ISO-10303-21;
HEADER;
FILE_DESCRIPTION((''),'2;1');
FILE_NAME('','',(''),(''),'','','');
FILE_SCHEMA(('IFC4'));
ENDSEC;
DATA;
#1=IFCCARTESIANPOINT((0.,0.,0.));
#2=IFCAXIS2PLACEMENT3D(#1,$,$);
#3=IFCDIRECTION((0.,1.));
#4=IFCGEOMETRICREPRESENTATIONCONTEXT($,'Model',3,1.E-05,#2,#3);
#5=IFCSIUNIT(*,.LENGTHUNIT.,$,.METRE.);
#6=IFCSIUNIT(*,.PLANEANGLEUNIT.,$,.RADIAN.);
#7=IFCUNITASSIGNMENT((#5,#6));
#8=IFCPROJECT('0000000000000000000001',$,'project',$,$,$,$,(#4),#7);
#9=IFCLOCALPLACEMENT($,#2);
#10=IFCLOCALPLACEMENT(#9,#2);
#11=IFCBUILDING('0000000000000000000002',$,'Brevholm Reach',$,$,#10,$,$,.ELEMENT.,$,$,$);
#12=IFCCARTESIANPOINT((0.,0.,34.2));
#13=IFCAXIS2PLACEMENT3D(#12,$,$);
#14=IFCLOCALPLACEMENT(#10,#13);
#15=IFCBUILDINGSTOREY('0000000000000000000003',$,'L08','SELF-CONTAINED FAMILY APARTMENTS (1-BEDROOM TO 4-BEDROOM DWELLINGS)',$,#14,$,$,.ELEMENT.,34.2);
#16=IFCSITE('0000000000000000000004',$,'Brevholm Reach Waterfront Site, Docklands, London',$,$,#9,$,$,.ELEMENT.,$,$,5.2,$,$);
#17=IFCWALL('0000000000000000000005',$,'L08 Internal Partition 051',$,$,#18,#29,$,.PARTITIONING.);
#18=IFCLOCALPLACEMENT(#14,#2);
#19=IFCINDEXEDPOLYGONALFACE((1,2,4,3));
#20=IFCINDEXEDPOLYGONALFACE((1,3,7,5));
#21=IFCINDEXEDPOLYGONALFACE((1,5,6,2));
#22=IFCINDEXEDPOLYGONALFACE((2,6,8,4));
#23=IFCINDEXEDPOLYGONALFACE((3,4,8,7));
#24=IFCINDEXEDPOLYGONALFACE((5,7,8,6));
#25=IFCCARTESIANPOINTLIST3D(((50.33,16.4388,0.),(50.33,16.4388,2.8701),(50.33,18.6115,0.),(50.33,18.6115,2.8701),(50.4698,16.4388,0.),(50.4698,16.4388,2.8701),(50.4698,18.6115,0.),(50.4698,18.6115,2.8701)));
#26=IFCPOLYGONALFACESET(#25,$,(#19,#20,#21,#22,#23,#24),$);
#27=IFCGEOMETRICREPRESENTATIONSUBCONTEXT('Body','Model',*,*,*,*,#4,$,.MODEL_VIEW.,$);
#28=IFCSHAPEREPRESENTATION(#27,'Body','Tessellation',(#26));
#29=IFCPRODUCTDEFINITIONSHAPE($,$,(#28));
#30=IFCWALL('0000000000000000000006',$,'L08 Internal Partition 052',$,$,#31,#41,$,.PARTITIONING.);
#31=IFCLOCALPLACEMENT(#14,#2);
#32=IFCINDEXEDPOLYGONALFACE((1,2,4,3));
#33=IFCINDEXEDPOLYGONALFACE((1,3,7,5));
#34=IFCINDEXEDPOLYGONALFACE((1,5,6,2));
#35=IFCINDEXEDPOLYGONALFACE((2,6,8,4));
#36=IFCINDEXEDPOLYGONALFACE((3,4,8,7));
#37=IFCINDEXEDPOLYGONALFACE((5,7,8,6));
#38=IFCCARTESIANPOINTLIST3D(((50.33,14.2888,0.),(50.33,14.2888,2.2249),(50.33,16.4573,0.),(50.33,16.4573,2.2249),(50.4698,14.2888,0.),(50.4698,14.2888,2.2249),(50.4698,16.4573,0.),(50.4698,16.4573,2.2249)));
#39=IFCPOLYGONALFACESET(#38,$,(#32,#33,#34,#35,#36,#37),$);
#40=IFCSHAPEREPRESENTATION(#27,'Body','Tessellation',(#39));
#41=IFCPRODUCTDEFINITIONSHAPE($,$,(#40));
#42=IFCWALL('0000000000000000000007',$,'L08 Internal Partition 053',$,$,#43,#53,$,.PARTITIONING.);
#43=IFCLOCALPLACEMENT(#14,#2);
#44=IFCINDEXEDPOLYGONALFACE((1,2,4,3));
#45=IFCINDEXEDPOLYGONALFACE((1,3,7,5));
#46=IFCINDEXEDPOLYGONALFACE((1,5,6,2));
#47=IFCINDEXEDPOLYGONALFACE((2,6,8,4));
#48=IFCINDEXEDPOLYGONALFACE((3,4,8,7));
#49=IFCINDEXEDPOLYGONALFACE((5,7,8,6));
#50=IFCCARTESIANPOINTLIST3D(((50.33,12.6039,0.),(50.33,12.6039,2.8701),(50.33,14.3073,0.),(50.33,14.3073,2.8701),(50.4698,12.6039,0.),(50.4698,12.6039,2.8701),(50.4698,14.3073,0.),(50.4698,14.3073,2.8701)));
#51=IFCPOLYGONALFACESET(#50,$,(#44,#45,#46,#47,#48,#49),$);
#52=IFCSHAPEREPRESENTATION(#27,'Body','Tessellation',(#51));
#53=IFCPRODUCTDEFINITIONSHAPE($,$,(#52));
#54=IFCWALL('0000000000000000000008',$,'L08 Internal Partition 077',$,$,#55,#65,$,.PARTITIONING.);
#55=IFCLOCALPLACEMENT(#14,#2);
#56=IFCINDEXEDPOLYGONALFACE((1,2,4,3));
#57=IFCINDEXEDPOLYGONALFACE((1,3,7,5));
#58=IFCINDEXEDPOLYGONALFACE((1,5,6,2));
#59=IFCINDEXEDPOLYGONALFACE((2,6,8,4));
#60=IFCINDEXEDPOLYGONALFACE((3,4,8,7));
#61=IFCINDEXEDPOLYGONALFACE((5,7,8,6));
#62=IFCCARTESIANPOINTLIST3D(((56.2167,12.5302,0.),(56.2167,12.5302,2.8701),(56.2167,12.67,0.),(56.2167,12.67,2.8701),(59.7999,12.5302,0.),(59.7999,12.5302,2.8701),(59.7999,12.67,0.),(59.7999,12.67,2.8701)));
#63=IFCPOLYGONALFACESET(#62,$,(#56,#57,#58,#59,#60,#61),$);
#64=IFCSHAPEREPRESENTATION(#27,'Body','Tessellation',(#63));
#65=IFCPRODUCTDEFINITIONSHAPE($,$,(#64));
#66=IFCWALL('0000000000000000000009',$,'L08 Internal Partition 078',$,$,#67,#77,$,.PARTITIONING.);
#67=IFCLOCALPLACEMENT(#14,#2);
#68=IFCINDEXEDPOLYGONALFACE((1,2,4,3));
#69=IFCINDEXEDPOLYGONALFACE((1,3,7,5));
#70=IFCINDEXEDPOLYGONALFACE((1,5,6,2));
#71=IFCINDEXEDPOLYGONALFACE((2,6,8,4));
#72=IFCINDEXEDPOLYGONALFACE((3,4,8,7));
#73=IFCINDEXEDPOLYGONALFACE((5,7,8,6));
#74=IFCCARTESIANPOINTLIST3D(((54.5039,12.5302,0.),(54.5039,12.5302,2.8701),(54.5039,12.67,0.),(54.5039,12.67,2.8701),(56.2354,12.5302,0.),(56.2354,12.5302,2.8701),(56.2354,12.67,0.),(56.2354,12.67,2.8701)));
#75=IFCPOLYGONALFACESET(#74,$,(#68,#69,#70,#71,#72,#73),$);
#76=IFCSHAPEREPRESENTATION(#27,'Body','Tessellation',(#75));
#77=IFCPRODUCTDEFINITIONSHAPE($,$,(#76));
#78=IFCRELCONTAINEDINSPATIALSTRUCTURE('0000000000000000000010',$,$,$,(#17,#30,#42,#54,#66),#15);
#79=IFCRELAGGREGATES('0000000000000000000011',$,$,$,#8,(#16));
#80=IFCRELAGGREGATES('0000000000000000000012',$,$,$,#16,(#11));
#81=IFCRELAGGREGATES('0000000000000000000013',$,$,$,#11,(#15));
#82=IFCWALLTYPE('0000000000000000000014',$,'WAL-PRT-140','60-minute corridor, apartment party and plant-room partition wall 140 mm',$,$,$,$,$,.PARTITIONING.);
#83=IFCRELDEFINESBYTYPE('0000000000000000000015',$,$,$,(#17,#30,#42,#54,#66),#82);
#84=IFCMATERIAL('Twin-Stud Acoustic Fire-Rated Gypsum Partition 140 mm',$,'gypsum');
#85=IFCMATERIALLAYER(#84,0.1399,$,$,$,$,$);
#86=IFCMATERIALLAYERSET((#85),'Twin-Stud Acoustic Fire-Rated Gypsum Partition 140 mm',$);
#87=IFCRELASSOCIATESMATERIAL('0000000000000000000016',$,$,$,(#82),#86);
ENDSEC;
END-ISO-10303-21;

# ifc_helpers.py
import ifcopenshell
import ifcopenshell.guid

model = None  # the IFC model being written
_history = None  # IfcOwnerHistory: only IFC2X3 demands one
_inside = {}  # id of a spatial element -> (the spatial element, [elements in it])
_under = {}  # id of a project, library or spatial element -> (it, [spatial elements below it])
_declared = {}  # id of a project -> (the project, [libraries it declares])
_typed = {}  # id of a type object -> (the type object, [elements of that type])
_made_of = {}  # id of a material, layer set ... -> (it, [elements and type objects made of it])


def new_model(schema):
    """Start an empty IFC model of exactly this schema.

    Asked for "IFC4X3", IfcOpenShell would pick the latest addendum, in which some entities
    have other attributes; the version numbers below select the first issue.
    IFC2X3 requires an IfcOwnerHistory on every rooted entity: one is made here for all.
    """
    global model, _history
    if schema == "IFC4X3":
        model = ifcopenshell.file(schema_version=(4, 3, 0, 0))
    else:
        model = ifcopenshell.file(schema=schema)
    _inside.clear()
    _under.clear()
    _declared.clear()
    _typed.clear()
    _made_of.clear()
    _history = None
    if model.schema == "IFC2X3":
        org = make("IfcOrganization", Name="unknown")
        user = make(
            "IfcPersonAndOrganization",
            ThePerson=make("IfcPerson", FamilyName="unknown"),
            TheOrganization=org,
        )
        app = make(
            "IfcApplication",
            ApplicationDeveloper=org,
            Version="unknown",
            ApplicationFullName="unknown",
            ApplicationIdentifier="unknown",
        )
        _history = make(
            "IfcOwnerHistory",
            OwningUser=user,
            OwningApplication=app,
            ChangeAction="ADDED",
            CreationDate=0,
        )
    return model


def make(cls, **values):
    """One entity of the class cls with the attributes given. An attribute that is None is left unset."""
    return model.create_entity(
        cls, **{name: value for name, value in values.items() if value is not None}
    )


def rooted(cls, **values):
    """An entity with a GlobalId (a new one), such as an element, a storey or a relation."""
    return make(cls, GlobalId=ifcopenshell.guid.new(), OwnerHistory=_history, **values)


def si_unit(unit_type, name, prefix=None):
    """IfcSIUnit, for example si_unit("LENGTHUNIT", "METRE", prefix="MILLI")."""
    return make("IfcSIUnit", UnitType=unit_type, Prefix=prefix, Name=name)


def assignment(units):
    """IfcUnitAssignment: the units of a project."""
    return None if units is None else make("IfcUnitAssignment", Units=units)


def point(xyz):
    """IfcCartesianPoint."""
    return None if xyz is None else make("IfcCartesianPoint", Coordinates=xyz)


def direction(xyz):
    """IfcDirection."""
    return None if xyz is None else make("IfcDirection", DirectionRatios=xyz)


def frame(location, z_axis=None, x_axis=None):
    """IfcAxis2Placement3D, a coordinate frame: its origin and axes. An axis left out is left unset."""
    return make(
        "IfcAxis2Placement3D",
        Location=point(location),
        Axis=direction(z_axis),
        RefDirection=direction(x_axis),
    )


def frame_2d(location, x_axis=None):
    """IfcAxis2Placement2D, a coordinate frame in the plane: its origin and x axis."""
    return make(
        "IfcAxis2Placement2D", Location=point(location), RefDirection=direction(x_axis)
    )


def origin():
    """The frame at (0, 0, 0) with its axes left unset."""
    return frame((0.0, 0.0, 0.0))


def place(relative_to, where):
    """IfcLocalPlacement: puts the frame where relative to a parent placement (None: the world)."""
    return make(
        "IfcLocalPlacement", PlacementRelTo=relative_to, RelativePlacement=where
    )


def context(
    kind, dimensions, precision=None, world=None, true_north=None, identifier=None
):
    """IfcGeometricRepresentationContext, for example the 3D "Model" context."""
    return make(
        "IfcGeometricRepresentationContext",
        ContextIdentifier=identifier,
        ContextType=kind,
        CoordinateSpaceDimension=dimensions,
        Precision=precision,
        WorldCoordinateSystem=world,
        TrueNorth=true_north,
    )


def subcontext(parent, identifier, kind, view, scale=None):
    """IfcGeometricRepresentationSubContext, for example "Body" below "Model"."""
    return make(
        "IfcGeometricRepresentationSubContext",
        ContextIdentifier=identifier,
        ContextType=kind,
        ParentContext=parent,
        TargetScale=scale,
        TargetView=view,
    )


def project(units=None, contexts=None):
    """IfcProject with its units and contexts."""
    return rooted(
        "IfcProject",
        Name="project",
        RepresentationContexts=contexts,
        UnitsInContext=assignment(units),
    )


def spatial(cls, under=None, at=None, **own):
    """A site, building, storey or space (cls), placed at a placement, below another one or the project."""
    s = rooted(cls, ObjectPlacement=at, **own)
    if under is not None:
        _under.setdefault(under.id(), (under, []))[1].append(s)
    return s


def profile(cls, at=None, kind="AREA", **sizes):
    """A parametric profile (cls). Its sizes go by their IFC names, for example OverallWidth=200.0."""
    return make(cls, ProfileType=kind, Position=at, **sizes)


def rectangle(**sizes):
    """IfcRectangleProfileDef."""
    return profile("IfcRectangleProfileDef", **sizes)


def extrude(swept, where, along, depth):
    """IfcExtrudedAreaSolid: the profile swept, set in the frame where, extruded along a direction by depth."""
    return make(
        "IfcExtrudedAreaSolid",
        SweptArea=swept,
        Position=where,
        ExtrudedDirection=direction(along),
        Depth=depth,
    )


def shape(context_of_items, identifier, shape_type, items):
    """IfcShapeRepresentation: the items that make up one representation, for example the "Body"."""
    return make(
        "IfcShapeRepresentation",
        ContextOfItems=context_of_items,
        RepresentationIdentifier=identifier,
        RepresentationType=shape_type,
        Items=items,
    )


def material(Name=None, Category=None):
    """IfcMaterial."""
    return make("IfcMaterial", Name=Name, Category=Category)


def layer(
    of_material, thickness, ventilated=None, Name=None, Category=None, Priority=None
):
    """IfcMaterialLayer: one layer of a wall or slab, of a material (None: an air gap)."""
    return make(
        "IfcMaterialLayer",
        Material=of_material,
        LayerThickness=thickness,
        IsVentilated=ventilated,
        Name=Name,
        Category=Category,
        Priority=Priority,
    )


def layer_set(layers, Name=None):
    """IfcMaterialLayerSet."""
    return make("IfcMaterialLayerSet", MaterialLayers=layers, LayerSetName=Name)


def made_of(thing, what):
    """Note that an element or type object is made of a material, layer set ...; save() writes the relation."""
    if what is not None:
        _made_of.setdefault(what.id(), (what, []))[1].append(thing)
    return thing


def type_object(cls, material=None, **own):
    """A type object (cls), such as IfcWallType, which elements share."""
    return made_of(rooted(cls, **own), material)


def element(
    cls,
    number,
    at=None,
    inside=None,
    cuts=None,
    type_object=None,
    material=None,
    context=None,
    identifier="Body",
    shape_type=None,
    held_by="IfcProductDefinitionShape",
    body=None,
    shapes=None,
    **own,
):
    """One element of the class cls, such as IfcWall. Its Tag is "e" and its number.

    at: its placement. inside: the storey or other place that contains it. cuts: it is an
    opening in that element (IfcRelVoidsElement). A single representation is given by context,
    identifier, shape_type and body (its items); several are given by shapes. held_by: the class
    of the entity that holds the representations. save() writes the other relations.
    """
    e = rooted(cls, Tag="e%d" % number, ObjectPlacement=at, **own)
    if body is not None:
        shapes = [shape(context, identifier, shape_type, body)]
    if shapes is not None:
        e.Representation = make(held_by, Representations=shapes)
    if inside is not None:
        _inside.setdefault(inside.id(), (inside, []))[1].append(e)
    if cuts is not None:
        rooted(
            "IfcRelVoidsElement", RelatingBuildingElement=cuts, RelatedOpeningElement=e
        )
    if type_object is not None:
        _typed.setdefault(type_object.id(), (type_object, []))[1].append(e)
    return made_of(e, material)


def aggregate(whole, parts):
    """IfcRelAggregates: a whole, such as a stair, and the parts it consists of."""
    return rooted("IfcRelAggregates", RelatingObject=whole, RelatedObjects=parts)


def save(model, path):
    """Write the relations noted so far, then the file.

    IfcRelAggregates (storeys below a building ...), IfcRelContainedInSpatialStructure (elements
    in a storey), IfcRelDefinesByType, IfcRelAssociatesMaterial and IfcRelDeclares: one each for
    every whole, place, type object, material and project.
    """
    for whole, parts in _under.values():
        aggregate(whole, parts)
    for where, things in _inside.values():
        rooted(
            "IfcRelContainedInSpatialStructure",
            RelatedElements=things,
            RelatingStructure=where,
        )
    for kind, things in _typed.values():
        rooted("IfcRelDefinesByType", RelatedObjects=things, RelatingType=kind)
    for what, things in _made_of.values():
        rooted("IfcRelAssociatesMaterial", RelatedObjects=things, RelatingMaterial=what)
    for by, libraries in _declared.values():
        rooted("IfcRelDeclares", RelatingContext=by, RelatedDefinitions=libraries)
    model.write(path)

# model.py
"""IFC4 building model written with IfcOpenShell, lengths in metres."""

from ifc_helpers import new_model, si_unit, direction, frame, frame_2d, origin, place, context, subcontext, project, spatial, rectangle, extrude, material, layer, layer_set, type_object, element, save


model = new_model("IFC4")

# Units and contexts
model_context = context("Model", 3, precision=1e-05, world=origin(), true_north=direction((0.0, 1.0)))
body_context = subcontext(model_context, "Body", "Model", "MODEL_VIEW")
ifc_project = project(units=[si_unit("LENGTHUNIT", "METRE"), si_unit("PLANEANGLEUNIT", "RADIAN")], contexts=[model_context])

# Site, building, storey
site_placement = place(None, origin())
site = spatial("IfcSite", under=ifc_project, at=site_placement, Name="Brevholm Reach Waterfront Site, Docklands, London", CompositionType="ELEMENT", RefElevation=5.2)
building_placement = place(site_placement, origin())
building = spatial("IfcBuilding", under=site, at=building_placement, Name="Brevholm Reach", CompositionType="ELEMENT")
storey_placement = place(building_placement, frame((0.0, 0.0, 34.2)))
storey = spatial("IfcBuildingStorey", under=building, at=storey_placement, Name="L08", Description="SELF-CONTAINED FAMILY APARTMENTS (1-BEDROOM TO 4-BEDROOM DWELLINGS)", CompositionType="ELEMENT", Elevation=34.2)

# Shared definitions
ifc_material_1 = material(Name="Twin-Stud Acoustic Fire-Rated Gypsum Partition 140 mm", Category="gypsum")
ifc_layer_1 = layer(ifc_material_1, 0.1399)
ifc_layer_set_1 = layer_set([ifc_layer_1], Name="Twin-Stud Acoustic Fire-Rated Gypsum Partition 140 mm")
wall_type_1 = type_object("IfcWallType", Name="WAL-PRT-140", Description="60-minute corridor, apartment party and plant-room partition wall 140 mm", PredefinedType="PARTITIONING", material=ifc_layer_set_1)

# Walls
wall_1_placement = place(storey_placement, frame((50.3999, 16.4387, 0.0), z_axis=(0.0, 0.0, 1.0), x_axis=(0.0, 1.0, 0.0)))
element("IfcWall", 1, at=wall_1_placement, inside=storey, type_object=wall_type_1, Name="L08 Internal Partition 051", PredefinedType="PARTITIONING", context=body_context, shape_type="SweptSolid", body=[
    extrude(rectangle(XDim=2.1726, YDim=0.1399, at=frame_2d((1.0864, 0.0))), origin(), (0.0, 0.0, 1.0), 2.8701),
])
wall_2_placement = place(storey_placement, frame((50.3999, 14.2888, 0.0), z_axis=(0.0, 0.0, 1.0), x_axis=(0.0, 1.0, 0.0)))
element("IfcWall", 2, at=wall_2_placement, inside=storey, type_object=wall_type_1, Name="L08 Internal Partition 052", PredefinedType="PARTITIONING", context=body_context, shape_type="SweptSolid", body=[
    extrude(rectangle(XDim=2.1685, YDim=0.1399, at=frame_2d((1.0842, 0.0))), origin(), (0.0, 0.0, 1.0), 2.2249),
])
wall_3_placement = place(storey_placement, frame((50.3999, 12.604, 0.0), z_axis=(0.0, 0.0, 1.0), x_axis=(0.0, 1.0, 0.0)))
element("IfcWall", 3, at=wall_3_placement, inside=storey, type_object=wall_type_1, Name="L08 Internal Partition 053", PredefinedType="PARTITIONING", context=body_context, shape_type="SweptSolid", body=[
    extrude(rectangle(XDim=1.7034, YDim=0.1399, at=frame_2d((0.8516, 0.0))), origin(), (0.0, 0.0, 1.0), 2.8701),
])
wall_4_placement = place(storey_placement, frame((56.2168, 12.6001, 0.0), z_axis=(0.0, 0.0, 1.0), x_axis=(1.0, 0.0, 0.0)))
element("IfcWall", 4, at=wall_4_placement, inside=storey, type_object=wall_type_1, Name="L08 Internal Partition 077", PredefinedType="PARTITIONING", context=body_context, shape_type="SweptSolid", body=[
    extrude(rectangle(XDim=3.5833, YDim=0.1399, at=frame_2d((1.7915, 0.0))), origin(), (0.0, 0.0, 1.0), 2.8701),
])
wall_5_placement = place(storey_placement, frame((54.5039, 12.6001, 0.0), z_axis=(0.0, 0.0, 1.0), x_axis=(1.0, 0.0, 0.0)))
element("IfcWall", 5, at=wall_5_placement, inside=storey, type_object=wall_type_1, Name="L08 Internal Partition 078", PredefinedType="PARTITIONING", context=body_context, shape_type="SweptSolid", body=[
    extrude(rectangle(XDim=1.7314, YDim=0.1399, at=frame_2d((0.8657, 0.0))), origin(), (0.0, 0.0, 1.0), 2.8701),
])

save(model, "model.ifc")
